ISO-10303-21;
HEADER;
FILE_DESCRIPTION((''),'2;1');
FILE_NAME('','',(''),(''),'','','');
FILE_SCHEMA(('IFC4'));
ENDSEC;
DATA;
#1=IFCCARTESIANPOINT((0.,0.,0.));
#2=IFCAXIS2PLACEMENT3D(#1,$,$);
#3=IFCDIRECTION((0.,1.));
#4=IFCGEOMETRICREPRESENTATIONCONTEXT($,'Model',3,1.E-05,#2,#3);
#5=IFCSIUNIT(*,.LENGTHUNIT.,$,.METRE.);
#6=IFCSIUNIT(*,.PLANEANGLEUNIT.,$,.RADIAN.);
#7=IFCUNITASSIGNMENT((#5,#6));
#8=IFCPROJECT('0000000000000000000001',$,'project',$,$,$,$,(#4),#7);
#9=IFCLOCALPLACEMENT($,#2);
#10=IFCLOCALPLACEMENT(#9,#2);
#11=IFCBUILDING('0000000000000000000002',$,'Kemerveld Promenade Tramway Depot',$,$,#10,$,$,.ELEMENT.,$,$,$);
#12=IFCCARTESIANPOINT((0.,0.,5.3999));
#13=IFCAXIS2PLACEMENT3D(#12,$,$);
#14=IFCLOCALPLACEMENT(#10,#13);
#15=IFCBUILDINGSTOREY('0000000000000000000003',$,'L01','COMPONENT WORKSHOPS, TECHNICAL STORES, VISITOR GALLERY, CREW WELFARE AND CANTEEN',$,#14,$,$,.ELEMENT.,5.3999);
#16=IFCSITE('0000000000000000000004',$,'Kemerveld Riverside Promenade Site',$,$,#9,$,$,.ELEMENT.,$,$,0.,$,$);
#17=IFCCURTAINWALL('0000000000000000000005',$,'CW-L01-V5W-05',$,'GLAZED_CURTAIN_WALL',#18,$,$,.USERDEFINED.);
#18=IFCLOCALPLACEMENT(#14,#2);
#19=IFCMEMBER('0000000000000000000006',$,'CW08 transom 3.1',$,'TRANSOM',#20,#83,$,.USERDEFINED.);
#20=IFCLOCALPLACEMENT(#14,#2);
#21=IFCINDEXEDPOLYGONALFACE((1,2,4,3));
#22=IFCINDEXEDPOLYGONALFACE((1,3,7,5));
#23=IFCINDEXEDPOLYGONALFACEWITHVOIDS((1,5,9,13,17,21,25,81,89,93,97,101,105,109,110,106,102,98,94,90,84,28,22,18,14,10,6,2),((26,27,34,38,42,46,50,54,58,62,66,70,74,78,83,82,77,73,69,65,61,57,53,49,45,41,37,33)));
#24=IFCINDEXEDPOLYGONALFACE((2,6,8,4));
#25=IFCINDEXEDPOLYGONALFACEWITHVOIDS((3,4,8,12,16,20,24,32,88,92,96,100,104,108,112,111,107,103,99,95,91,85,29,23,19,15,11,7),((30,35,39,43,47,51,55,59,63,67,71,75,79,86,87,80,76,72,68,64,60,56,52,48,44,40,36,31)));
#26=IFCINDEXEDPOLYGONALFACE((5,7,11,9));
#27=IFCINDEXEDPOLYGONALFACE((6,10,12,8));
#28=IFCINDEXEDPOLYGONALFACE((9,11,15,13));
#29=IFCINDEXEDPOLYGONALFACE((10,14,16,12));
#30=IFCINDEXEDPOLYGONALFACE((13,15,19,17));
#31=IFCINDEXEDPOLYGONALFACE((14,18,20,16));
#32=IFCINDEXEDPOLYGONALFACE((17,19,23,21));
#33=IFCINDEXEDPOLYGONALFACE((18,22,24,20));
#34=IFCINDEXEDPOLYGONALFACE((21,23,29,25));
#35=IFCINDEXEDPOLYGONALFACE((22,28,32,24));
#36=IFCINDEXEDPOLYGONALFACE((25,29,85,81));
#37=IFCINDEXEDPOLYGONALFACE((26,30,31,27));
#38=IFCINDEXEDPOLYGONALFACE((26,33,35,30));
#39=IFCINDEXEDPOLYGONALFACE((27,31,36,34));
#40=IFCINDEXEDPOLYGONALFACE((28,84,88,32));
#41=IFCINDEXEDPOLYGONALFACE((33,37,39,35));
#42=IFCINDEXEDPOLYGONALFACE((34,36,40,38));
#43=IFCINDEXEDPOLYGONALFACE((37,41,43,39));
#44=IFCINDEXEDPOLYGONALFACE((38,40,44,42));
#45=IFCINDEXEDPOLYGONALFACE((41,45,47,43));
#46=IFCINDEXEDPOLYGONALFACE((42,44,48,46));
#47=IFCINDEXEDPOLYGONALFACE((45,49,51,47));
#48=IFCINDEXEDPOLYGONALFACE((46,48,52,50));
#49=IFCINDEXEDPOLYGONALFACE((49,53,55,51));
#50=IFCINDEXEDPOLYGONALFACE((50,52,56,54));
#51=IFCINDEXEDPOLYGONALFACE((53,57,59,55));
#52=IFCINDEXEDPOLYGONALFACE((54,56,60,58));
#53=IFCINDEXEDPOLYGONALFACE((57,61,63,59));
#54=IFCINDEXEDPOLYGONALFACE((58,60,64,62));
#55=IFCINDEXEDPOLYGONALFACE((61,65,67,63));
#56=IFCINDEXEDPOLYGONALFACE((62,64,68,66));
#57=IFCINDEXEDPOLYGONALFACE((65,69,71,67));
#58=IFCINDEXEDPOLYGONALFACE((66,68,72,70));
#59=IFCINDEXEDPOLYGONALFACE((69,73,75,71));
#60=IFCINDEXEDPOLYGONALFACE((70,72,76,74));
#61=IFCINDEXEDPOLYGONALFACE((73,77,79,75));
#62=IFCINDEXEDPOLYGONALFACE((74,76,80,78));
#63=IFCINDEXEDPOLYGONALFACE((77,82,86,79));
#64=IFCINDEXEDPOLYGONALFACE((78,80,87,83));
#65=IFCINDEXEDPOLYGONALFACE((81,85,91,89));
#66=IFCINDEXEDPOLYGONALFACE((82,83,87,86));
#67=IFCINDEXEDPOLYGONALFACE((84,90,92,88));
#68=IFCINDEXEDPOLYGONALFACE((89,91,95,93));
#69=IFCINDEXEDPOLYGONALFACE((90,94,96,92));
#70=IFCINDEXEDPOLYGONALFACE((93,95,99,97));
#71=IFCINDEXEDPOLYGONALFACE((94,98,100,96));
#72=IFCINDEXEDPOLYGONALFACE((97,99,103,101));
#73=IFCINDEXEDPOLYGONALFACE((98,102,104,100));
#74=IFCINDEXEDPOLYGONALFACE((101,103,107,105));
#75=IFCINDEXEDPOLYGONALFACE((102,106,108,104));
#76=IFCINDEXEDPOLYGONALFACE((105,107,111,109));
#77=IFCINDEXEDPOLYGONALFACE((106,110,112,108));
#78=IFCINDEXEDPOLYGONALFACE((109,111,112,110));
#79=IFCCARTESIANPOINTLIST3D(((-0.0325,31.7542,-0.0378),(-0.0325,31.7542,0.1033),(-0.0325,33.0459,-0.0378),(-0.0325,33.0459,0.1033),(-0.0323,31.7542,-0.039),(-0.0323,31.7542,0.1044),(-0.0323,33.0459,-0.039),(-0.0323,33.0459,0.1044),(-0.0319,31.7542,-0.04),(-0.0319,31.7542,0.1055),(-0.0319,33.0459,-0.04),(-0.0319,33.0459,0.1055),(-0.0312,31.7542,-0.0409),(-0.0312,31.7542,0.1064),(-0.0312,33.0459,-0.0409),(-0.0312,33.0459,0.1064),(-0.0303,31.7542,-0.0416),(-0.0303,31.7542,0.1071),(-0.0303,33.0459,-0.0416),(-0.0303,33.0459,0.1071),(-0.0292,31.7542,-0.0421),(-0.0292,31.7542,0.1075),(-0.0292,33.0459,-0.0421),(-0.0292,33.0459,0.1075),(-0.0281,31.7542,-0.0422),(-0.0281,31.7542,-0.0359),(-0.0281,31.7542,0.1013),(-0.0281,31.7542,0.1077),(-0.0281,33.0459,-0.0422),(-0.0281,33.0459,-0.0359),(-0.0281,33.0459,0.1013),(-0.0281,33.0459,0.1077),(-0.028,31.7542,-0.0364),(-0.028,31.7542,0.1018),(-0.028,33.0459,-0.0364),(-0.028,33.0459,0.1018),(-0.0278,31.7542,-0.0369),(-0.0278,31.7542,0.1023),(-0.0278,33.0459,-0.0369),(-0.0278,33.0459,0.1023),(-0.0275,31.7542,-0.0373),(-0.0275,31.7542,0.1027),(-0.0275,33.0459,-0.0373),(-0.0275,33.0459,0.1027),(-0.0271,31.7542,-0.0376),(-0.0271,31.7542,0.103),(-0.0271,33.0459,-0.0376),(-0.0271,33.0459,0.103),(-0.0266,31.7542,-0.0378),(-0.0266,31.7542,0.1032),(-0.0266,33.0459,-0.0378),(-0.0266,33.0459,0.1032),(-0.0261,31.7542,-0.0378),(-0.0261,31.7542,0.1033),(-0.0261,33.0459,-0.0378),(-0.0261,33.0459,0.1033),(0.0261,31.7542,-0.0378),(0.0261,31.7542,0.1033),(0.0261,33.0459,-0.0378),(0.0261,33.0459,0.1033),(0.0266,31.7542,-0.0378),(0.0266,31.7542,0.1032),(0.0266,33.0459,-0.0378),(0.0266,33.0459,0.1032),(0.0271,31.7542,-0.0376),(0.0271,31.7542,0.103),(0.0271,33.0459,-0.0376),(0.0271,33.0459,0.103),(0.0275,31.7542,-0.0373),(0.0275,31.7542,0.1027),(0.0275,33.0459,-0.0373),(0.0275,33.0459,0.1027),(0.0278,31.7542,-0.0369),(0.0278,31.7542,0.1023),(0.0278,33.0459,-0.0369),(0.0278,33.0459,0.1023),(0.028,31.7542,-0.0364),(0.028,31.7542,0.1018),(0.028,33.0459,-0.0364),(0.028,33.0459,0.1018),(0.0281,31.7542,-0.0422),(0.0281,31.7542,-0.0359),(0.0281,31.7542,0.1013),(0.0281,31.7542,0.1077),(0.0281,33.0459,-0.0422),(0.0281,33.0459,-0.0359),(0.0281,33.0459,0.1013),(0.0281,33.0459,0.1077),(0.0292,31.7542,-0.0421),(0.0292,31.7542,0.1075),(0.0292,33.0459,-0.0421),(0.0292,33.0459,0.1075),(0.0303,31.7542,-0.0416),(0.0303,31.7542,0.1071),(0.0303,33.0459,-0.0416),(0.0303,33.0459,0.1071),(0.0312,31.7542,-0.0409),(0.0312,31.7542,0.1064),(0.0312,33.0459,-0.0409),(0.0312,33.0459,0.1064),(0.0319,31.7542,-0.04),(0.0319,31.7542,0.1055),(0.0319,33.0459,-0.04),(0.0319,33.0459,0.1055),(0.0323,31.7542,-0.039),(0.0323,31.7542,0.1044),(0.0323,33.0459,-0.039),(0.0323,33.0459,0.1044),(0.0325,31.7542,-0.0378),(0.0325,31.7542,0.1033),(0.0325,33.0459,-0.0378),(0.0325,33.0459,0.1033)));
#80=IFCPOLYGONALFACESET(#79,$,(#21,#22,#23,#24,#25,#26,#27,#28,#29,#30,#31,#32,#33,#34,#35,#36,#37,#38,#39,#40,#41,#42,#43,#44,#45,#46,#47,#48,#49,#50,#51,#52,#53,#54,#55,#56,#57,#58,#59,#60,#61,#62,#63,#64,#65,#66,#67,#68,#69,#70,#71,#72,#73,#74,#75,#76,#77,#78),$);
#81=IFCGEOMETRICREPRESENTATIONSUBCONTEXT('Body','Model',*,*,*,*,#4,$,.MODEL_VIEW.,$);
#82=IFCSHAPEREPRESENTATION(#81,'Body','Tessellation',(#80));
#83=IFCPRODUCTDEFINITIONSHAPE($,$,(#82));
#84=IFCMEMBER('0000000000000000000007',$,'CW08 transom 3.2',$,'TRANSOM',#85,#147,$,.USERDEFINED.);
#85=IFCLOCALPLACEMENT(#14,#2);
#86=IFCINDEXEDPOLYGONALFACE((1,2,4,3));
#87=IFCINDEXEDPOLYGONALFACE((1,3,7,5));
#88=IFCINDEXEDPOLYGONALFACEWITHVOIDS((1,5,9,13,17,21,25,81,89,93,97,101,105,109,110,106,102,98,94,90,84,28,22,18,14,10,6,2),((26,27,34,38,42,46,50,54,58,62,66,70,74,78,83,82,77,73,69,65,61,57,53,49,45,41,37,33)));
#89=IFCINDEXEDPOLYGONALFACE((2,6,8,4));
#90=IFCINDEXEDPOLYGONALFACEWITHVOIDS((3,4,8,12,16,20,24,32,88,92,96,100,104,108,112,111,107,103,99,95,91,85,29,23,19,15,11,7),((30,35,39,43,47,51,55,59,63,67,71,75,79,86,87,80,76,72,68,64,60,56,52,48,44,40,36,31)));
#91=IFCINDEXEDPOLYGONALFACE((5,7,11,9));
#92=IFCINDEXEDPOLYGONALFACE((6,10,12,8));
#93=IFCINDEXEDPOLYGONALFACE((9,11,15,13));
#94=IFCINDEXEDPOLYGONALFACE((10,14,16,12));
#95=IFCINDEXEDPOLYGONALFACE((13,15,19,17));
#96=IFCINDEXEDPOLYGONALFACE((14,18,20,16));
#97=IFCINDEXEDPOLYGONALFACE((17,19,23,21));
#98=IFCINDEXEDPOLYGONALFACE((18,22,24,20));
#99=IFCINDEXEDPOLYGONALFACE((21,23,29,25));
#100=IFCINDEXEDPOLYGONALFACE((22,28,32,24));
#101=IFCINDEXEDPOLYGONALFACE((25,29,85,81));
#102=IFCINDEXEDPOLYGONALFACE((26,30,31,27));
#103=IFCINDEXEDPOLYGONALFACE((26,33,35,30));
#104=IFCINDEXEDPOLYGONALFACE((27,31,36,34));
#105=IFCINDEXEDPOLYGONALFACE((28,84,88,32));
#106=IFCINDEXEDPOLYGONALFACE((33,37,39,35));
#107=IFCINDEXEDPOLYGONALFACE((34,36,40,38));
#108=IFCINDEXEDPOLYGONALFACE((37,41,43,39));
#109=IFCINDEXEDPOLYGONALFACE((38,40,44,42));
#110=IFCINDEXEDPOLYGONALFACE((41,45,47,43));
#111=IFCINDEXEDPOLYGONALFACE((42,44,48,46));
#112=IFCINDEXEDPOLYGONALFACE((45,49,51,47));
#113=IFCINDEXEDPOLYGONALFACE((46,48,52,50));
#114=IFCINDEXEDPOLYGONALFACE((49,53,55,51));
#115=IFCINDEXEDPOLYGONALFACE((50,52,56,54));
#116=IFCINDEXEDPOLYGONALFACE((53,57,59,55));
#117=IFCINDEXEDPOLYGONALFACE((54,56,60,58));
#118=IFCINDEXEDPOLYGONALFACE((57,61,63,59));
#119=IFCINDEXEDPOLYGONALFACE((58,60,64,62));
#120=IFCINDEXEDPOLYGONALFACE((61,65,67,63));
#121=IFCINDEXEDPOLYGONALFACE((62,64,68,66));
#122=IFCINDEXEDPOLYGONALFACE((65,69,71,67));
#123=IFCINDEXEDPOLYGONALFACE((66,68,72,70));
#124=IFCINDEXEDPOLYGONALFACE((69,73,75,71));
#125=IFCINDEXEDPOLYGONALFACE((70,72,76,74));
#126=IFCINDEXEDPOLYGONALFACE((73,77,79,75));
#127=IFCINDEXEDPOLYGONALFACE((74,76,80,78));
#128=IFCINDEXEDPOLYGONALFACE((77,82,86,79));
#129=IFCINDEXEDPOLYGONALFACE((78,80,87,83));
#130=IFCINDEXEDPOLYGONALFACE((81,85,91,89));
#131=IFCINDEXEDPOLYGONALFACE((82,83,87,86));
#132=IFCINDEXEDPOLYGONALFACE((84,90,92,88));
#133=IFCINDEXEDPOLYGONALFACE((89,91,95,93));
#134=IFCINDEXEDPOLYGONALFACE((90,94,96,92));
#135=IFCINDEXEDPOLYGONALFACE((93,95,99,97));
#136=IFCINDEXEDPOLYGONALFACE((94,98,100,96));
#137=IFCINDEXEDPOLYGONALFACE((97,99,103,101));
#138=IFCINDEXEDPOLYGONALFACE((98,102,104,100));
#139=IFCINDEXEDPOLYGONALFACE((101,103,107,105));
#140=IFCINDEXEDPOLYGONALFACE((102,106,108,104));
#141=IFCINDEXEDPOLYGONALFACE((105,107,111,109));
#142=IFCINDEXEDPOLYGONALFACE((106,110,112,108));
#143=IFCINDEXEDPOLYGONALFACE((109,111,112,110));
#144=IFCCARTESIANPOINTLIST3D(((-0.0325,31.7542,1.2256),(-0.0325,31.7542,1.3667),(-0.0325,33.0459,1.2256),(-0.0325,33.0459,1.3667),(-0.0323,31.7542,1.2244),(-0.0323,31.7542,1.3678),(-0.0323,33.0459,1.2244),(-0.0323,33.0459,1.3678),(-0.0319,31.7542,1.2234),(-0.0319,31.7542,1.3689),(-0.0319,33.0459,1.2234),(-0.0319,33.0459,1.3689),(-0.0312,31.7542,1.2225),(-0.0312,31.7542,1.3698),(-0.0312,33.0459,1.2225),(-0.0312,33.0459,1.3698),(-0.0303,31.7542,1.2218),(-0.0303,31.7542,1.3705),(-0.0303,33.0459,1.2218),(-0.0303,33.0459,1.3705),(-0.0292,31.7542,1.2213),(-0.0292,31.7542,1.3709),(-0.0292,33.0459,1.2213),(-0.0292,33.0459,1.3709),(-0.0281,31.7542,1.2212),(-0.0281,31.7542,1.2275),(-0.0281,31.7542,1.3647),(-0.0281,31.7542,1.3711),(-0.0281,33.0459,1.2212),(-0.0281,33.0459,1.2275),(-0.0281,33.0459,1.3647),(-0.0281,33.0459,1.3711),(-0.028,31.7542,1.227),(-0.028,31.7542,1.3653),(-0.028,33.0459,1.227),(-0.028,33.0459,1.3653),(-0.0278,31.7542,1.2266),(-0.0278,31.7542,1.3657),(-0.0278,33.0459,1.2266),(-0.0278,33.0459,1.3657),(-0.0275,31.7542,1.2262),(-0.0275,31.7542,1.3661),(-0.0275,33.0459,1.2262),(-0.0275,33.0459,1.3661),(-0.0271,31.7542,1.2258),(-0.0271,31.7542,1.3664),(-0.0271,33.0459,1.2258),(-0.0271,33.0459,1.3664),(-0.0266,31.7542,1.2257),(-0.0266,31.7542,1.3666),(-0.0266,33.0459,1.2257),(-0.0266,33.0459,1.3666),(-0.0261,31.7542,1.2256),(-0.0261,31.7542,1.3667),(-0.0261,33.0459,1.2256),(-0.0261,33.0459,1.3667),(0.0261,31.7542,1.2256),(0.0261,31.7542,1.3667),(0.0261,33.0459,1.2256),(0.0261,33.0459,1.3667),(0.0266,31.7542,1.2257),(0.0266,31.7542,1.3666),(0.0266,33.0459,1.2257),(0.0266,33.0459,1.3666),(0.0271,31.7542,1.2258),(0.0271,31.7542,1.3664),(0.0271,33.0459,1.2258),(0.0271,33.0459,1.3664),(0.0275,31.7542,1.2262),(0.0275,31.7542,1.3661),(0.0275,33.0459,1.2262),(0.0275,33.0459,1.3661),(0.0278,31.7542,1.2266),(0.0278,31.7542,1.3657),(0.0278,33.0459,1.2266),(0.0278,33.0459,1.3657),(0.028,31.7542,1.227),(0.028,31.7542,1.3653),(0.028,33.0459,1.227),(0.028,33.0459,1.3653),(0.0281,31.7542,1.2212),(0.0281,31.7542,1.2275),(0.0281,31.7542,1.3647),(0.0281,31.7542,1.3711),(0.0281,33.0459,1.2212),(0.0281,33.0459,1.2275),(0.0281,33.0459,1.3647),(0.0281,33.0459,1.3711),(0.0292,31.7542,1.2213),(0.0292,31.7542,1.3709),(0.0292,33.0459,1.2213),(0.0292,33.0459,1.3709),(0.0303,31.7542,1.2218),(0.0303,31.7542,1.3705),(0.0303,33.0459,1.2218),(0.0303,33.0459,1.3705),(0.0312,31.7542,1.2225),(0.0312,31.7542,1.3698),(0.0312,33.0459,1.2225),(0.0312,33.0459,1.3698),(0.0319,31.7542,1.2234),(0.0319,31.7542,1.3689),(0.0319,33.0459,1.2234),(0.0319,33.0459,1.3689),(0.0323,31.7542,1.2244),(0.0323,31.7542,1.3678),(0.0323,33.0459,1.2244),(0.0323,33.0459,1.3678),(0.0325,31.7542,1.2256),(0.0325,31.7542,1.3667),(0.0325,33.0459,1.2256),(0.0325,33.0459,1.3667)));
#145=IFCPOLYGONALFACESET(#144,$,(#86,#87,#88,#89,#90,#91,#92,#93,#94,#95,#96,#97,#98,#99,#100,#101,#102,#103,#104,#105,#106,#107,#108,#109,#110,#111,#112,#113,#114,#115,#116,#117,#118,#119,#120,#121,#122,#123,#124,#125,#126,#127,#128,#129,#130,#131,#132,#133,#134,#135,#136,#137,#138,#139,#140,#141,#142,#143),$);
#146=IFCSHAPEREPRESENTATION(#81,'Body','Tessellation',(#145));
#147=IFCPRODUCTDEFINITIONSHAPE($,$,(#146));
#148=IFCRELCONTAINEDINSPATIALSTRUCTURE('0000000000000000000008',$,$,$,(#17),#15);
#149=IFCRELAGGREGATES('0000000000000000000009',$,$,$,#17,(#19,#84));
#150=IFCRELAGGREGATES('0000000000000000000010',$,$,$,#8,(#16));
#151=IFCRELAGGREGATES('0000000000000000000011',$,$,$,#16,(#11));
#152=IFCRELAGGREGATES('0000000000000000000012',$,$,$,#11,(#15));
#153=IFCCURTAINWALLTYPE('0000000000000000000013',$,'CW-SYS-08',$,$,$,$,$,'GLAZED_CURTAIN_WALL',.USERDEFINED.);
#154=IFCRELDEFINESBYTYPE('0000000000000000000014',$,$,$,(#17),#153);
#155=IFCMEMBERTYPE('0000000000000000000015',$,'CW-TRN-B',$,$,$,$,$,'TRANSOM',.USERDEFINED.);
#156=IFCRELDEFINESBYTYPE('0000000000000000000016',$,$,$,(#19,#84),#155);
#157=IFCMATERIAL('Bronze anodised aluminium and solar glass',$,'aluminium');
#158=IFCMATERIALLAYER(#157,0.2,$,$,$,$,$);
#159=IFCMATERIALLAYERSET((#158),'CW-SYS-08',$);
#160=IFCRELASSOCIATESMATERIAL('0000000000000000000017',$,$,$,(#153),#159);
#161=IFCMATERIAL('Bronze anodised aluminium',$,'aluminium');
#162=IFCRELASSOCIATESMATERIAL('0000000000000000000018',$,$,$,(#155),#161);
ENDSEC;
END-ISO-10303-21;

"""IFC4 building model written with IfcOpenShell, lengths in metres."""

from ifc_helpers import new_model, si_unit, direction, frame, origin, origin_2d, place, context, subcontext, project, spatial, hollow_rectangle, extrude, material, layer, layer_set, material_profile, profile_set, type_object, element, aggregate, save


model = new_model("IFC4")

# Units and contexts
model_context = context("Model", 3, precision=1e-05, world=origin(), true_north=direction((0.0, 1.0)))
body_context = subcontext(model_context, "Body", "Model", "MODEL_VIEW")
ifc_project = project(units=[si_unit("LENGTHUNIT", "METRE"), si_unit("PLANEANGLEUNIT", "RADIAN")], contexts=[model_context])

# Site, building, storey
site_placement = place(None, origin())
site = spatial("IfcSite", under=ifc_project, at=site_placement, Name="Kemerveld Riverside Promenade Site", CompositionType="ELEMENT", RefElevation=0.0)
building_placement = place(site_placement, origin())
building = spatial("IfcBuilding", under=site, at=building_placement, Name="Kemerveld Promenade Tramway Depot", CompositionType="ELEMENT")
storey_placement = place(building_placement, frame((0.0, 0.0, 5.3999)))
storey = spatial("IfcBuildingStorey", under=building, at=storey_placement, Name="L01", Description="COMPONENT WORKSHOPS, TECHNICAL STORES, VISITOR GALLERY, CREW WELFARE AND CANTEEN", CompositionType="ELEMENT", Elevation=5.3999)

# Curtain wall, members
ifc_material_1 = material(Name="Bronze anodised aluminium and solar glass", Category="aluminium")
ifc_layer_1 = layer(ifc_material_1, 0.2)
ifc_layer_set_1 = layer_set([ifc_layer_1], Name="CW-SYS-08")
curtain_wall_type = type_object("IfcCurtainWallType", Name="CW-SYS-08", ElementType="GLAZED_CURTAIN_WALL", PredefinedType="USERDEFINED", material=ifc_layer_set_1)
curtain_wall_placement = place(storey_placement, origin())
curtain_wall = element("IfcCurtainWall", 1, at=curtain_wall_placement, inside=storey, type_object=curtain_wall_type, Name="CW-L01-V5W-05", ObjectType="GLAZED_CURTAIN_WALL", PredefinedType="USERDEFINED")
ifc_material_2 = material(Name="Bronze anodised aluminium", Category="aluminium")
ifc_material_profile_1 = material_profile(ifc_material_2, hollow_rectangle(XDim=0.0649, YDim=0.1499, WallThickness=0.0044, InnerFilletRadius=0.002, OuterFilletRadius=0.0044, at=origin_2d()), Name="CW-TRN-150x65")
ifc_profile_set_1 = profile_set([ifc_material_profile_1], Name="Bronze anodised aluminium")
member_type_1 = type_object("IfcMemberType", Name="CW-TRN-B", ElementType="TRANSOM", PredefinedType="USERDEFINED", material=ifc_profile_set_1)
member_1_placement = place(storey_placement, frame((0.0, 31.7542, 0.0327), z_axis=(0.0, 1.0, 0.0), x_axis=(-1.0, 0.0, 0.0)))
member_1 = element("IfcMember", 2, at=member_1_placement, type_object=member_type_1, Name="CW08 transom 3.1", ObjectType="TRANSOM", PredefinedType="USERDEFINED", context=body_context, shape_type="SweptSolid", body=[
    extrude(hollow_rectangle(XDim=0.0649, YDim=0.1499, WallThickness=0.0044, InnerFilletRadius=0.002, OuterFilletRadius=0.0044, at=origin_2d()), origin(), (0.0, 0.0, 1.0), 1.2917),
])
member_2_placement = place(storey_placement, frame((0.0, 31.7542, 1.2961), z_axis=(0.0, 1.0, 0.0), x_axis=(-1.0, 0.0, 0.0)))
member_2 = element("IfcMember", 3, at=member_2_placement, type_object=member_type_1, Name="CW08 transom 3.2", ObjectType="TRANSOM", PredefinedType="USERDEFINED", context=body_context, shape_type="SweptSolid", body=[
    extrude(hollow_rectangle(XDim=0.0649, YDim=0.1499, WallThickness=0.0044, InnerFilletRadius=0.002, OuterFilletRadius=0.0044, at=origin_2d()), origin(), (0.0, 0.0, 1.0), 1.2917),
])
aggregate(curtain_wall, [member_1, member_2])

save(model, "model.ifc")
